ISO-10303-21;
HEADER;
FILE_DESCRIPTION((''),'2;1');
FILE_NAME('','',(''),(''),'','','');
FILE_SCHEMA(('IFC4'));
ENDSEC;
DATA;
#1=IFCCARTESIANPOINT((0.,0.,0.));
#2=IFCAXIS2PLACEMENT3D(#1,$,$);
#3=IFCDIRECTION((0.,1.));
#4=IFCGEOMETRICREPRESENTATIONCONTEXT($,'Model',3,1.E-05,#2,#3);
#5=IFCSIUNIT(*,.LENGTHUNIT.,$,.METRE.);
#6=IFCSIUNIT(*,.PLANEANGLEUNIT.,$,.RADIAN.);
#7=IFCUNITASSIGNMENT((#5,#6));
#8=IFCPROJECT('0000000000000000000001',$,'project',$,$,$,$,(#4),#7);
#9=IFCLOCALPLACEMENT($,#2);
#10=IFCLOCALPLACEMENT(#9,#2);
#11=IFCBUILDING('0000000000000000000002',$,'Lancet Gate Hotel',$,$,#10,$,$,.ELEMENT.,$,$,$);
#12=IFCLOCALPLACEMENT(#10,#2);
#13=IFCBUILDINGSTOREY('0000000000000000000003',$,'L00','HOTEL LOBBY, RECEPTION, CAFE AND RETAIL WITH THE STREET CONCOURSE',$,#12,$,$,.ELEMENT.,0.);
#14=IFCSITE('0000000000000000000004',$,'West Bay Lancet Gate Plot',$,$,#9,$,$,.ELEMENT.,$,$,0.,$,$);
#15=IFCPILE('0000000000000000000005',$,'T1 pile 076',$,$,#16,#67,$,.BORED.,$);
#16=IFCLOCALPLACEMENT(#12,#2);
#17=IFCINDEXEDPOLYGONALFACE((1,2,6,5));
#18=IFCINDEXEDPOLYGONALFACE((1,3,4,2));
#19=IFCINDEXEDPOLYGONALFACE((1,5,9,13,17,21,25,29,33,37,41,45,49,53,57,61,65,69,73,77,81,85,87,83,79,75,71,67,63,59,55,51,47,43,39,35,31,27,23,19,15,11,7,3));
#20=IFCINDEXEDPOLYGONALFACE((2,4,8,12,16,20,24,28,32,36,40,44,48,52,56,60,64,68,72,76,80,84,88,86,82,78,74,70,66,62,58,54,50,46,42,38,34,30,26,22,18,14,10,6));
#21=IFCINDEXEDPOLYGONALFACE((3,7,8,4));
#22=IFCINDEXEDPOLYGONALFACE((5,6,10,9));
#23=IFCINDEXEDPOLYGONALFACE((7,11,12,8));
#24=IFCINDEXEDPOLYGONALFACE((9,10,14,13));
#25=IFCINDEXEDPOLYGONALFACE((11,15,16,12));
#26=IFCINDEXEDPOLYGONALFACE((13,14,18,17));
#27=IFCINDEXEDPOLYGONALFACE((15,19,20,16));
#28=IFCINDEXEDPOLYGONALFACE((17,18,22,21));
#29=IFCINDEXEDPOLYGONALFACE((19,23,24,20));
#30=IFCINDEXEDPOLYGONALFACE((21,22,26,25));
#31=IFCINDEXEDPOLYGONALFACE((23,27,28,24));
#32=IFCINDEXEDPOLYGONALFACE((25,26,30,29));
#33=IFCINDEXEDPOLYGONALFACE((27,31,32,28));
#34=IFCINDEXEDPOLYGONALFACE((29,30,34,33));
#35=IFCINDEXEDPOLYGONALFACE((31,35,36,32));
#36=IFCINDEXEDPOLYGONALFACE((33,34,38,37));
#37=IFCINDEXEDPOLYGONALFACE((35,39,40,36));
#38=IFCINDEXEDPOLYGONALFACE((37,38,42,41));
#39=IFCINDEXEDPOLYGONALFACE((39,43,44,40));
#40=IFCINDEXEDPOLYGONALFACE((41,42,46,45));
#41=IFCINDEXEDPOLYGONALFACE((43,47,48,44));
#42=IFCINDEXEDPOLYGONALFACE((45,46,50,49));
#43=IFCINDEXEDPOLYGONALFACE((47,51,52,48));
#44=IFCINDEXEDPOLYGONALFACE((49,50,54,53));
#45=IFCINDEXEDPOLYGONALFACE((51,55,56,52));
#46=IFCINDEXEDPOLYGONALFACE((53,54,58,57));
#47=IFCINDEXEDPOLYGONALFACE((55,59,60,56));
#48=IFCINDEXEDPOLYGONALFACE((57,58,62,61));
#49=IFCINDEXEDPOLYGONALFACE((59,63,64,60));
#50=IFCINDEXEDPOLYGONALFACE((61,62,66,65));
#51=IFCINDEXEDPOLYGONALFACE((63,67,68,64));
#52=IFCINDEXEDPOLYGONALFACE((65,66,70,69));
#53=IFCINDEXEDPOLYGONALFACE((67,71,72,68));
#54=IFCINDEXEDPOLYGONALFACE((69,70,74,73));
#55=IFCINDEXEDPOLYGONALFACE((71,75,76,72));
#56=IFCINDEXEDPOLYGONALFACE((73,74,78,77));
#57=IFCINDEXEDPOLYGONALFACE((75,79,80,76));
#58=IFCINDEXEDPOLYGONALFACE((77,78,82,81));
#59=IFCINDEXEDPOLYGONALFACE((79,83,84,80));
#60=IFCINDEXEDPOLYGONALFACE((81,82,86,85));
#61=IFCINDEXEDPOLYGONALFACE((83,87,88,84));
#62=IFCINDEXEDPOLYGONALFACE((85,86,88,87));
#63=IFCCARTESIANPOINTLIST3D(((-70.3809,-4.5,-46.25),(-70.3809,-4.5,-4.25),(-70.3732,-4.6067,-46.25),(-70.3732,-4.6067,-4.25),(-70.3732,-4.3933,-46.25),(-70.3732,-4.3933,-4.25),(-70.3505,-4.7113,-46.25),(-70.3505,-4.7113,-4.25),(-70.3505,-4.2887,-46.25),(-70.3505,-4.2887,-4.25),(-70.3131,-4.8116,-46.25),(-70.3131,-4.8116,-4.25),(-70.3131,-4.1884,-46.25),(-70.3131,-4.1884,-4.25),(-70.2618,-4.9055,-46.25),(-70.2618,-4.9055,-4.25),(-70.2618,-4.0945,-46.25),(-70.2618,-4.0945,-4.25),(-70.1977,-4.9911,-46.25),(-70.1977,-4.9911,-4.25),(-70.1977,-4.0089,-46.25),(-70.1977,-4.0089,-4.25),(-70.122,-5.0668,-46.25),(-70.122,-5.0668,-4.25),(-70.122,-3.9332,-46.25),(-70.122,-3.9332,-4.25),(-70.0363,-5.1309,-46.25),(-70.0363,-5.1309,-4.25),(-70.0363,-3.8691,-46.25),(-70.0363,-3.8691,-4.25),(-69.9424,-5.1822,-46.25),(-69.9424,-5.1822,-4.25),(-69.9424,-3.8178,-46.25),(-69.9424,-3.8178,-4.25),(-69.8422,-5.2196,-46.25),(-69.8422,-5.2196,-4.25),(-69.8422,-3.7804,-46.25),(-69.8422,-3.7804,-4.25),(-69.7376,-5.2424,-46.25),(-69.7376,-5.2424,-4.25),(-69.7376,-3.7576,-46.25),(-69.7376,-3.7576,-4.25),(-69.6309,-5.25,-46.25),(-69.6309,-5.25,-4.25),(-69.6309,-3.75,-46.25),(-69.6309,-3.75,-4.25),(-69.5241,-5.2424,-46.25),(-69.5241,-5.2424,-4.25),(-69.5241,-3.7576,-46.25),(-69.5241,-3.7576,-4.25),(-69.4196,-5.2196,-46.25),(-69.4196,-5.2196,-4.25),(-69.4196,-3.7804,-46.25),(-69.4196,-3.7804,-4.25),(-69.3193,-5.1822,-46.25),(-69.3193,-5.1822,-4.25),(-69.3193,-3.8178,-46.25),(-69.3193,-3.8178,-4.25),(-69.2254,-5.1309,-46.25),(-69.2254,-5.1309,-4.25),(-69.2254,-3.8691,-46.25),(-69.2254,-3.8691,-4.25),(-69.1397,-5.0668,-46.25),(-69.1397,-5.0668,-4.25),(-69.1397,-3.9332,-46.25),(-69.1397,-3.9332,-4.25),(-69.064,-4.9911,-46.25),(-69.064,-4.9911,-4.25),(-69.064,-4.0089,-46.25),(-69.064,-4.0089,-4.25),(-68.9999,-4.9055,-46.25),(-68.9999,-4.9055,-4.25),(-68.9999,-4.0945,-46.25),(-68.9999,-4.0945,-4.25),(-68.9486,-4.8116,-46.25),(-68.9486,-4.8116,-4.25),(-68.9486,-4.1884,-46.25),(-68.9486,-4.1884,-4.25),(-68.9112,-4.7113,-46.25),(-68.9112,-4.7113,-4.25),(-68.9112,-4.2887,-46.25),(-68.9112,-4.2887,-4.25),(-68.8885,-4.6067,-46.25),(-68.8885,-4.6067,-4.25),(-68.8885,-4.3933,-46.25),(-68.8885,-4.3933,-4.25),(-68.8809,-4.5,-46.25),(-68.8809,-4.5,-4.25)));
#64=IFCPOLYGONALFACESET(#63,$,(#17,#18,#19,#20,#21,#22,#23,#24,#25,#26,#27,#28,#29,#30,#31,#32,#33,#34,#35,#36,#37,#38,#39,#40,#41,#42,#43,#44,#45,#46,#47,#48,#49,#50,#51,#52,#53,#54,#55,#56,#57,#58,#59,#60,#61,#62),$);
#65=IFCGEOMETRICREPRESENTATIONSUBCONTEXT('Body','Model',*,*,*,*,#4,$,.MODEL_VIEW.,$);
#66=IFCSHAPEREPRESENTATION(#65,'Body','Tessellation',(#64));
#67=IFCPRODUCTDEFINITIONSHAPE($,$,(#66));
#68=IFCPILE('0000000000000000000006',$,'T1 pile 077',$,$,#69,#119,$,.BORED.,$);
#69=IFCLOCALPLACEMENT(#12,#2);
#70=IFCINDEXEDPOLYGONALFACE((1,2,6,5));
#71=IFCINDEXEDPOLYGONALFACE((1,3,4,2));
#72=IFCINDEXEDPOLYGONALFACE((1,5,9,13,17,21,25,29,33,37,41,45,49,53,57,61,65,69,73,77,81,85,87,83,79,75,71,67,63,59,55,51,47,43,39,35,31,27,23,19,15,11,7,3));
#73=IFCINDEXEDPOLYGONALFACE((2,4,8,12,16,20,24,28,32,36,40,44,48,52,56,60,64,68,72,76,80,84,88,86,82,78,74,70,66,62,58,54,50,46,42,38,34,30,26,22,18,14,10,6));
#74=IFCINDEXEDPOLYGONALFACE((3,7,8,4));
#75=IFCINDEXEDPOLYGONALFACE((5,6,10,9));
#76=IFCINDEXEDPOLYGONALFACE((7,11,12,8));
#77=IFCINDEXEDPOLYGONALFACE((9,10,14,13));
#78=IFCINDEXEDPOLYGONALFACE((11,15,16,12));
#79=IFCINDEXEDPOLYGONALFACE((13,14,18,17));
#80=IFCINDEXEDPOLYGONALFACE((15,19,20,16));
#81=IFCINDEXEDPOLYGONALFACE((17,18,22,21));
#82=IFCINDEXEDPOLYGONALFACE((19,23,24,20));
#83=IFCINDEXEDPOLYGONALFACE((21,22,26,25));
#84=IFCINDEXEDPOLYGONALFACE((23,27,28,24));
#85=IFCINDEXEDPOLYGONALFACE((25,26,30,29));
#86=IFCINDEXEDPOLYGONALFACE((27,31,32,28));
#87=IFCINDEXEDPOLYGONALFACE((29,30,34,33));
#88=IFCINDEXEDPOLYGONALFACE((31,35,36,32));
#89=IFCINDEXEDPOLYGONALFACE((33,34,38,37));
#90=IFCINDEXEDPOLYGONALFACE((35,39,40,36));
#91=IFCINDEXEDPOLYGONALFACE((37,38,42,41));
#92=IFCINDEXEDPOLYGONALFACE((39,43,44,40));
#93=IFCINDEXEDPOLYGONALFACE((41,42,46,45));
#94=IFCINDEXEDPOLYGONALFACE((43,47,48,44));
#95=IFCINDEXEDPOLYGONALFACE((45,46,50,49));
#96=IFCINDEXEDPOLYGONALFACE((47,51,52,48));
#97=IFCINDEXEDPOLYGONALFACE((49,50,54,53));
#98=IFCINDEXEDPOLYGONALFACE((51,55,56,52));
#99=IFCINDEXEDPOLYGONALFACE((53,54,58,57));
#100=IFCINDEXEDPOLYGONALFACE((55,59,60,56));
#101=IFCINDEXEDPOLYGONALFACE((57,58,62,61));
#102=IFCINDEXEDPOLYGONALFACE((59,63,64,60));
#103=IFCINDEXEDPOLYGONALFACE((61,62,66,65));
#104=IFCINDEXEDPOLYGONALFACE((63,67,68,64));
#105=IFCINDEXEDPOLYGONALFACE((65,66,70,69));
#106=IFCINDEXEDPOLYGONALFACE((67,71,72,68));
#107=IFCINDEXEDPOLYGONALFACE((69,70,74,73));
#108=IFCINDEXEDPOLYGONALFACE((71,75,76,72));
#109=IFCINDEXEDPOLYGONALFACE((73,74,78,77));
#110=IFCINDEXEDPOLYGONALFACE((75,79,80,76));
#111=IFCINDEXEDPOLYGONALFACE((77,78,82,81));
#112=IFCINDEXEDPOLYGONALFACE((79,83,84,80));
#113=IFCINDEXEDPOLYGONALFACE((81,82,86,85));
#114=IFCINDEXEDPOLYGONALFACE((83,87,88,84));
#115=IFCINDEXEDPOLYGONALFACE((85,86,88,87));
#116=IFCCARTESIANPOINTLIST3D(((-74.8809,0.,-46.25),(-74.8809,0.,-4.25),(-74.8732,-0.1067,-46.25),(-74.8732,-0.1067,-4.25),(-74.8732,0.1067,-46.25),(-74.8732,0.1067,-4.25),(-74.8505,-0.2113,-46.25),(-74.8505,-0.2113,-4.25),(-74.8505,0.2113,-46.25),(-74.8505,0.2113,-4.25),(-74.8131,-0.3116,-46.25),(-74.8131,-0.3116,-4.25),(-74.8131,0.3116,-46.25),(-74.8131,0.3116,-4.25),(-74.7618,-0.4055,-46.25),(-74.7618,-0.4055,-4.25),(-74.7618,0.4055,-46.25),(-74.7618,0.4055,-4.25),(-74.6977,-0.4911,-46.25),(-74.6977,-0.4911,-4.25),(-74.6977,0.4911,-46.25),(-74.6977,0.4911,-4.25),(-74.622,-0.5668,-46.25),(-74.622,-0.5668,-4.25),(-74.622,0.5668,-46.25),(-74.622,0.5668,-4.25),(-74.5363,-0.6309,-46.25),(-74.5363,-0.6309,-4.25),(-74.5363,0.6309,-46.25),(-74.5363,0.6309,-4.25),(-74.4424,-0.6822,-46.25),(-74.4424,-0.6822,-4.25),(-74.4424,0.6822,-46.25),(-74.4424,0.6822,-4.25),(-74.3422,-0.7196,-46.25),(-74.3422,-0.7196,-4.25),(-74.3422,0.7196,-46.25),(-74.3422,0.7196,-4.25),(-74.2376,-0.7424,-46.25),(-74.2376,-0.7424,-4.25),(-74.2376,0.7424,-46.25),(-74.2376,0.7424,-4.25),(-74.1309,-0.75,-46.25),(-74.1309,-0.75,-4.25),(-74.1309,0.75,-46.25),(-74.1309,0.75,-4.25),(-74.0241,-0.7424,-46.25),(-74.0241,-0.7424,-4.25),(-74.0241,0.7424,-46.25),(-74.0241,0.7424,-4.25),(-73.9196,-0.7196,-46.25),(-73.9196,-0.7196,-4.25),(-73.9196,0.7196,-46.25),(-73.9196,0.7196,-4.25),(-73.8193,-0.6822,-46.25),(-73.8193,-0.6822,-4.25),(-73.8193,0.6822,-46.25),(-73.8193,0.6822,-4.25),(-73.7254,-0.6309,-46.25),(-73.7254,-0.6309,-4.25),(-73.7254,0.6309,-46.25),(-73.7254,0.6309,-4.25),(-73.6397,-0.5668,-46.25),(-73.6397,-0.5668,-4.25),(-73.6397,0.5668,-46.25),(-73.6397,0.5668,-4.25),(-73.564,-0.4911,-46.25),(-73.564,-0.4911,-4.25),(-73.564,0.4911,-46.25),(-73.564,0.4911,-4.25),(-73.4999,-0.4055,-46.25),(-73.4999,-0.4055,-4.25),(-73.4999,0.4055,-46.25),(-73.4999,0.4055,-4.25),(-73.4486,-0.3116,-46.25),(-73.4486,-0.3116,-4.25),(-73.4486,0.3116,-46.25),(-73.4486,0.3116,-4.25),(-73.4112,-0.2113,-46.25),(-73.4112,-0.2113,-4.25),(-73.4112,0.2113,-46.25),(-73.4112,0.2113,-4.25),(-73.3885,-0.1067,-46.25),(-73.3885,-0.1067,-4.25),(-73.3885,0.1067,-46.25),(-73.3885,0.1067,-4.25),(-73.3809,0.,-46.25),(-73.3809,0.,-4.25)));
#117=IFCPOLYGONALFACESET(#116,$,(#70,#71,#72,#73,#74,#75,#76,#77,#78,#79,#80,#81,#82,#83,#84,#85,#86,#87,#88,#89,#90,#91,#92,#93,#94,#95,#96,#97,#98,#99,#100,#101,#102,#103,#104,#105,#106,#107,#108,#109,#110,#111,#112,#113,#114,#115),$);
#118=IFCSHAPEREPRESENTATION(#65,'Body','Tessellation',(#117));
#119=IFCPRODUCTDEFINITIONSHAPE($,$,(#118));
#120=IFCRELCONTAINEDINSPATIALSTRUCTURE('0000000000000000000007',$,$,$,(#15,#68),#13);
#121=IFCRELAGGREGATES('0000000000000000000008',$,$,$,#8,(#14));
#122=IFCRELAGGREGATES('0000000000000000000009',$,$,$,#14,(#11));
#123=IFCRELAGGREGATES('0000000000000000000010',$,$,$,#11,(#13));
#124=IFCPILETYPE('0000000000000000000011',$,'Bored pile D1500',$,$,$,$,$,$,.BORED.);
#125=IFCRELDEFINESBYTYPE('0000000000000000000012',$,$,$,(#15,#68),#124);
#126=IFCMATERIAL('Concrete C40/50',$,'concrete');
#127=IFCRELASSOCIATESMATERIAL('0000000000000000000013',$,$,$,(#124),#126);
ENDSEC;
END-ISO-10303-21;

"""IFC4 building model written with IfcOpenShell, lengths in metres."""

from ifc_helpers import new_model, si_unit, direction, frame, origin, origin_2d, place, context, subcontext, project, spatial, circle, extrude, material, material_profile, profile_set, type_object, element, save


model = new_model("IFC4")

# Units and contexts
model_context = context("Model", 3, precision=1e-05, world=origin(), true_north=direction((0.0, 1.0)))
body_context = subcontext(model_context, "Body", "Model", "MODEL_VIEW")
ifc_project = project(units=[si_unit("LENGTHUNIT", "METRE"), si_unit("PLANEANGLEUNIT", "RADIAN")], contexts=[model_context])

# Site, building, storey
site_placement = place(None, origin())
site = spatial("IfcSite", under=ifc_project, at=site_placement, Name="West Bay Lancet Gate Plot", CompositionType="ELEMENT", RefElevation=0.0)
building_placement = place(site_placement, origin())
building = spatial("IfcBuilding", under=site, at=building_placement, Name="Lancet Gate Hotel", CompositionType="ELEMENT")
storey_placement = place(building_placement, origin())
storey = spatial("IfcBuildingStorey", under=building, at=storey_placement, Name="L00", Description="HOTEL LOBBY, RECEPTION, CAFE AND RETAIL WITH THE STREET CONCOURSE", CompositionType="ELEMENT", Elevation=0.0)

# Piles
ifc_material_1 = material(Name="Concrete C40/50", Category="concrete")
ifc_material_profile_1 = material_profile(ifc_material_1, circle(Radius=0.75, at=origin_2d()), Name="PILE D1500")
ifc_profile_set_1 = profile_set([ifc_material_profile_1], Name="Concrete C40/50")
pile_type = type_object("IfcPileType", Name="Bored pile D1500", PredefinedType="BORED", material=ifc_profile_set_1)
for number, where, z_axis, x_axis, name in (
    (1, (-69.6309, -4.5, -4.25), (0.0, 0.0, -1.0), (1.0, 0.0, 0.0), "T1 pile 076"),
    (2, (-74.1309, 0.0, -4.25), (0.0, 0.0, -1.0), (1.0, 0.0, 0.0), "T1 pile 077"),
):
    element("IfcPile", number, at=place(storey_placement, frame(where, z_axis=z_axis, x_axis=x_axis)), inside=storey, type_object=pile_type, Name=name, PredefinedType="BORED", context=body_context, shape_type="SweptSolid", body=[
        extrude(circle(Radius=0.75, at=origin_2d()), origin(), (0.0, 0.0, 1.0), 42.0),
    ])

save(model, "model.ifc")
